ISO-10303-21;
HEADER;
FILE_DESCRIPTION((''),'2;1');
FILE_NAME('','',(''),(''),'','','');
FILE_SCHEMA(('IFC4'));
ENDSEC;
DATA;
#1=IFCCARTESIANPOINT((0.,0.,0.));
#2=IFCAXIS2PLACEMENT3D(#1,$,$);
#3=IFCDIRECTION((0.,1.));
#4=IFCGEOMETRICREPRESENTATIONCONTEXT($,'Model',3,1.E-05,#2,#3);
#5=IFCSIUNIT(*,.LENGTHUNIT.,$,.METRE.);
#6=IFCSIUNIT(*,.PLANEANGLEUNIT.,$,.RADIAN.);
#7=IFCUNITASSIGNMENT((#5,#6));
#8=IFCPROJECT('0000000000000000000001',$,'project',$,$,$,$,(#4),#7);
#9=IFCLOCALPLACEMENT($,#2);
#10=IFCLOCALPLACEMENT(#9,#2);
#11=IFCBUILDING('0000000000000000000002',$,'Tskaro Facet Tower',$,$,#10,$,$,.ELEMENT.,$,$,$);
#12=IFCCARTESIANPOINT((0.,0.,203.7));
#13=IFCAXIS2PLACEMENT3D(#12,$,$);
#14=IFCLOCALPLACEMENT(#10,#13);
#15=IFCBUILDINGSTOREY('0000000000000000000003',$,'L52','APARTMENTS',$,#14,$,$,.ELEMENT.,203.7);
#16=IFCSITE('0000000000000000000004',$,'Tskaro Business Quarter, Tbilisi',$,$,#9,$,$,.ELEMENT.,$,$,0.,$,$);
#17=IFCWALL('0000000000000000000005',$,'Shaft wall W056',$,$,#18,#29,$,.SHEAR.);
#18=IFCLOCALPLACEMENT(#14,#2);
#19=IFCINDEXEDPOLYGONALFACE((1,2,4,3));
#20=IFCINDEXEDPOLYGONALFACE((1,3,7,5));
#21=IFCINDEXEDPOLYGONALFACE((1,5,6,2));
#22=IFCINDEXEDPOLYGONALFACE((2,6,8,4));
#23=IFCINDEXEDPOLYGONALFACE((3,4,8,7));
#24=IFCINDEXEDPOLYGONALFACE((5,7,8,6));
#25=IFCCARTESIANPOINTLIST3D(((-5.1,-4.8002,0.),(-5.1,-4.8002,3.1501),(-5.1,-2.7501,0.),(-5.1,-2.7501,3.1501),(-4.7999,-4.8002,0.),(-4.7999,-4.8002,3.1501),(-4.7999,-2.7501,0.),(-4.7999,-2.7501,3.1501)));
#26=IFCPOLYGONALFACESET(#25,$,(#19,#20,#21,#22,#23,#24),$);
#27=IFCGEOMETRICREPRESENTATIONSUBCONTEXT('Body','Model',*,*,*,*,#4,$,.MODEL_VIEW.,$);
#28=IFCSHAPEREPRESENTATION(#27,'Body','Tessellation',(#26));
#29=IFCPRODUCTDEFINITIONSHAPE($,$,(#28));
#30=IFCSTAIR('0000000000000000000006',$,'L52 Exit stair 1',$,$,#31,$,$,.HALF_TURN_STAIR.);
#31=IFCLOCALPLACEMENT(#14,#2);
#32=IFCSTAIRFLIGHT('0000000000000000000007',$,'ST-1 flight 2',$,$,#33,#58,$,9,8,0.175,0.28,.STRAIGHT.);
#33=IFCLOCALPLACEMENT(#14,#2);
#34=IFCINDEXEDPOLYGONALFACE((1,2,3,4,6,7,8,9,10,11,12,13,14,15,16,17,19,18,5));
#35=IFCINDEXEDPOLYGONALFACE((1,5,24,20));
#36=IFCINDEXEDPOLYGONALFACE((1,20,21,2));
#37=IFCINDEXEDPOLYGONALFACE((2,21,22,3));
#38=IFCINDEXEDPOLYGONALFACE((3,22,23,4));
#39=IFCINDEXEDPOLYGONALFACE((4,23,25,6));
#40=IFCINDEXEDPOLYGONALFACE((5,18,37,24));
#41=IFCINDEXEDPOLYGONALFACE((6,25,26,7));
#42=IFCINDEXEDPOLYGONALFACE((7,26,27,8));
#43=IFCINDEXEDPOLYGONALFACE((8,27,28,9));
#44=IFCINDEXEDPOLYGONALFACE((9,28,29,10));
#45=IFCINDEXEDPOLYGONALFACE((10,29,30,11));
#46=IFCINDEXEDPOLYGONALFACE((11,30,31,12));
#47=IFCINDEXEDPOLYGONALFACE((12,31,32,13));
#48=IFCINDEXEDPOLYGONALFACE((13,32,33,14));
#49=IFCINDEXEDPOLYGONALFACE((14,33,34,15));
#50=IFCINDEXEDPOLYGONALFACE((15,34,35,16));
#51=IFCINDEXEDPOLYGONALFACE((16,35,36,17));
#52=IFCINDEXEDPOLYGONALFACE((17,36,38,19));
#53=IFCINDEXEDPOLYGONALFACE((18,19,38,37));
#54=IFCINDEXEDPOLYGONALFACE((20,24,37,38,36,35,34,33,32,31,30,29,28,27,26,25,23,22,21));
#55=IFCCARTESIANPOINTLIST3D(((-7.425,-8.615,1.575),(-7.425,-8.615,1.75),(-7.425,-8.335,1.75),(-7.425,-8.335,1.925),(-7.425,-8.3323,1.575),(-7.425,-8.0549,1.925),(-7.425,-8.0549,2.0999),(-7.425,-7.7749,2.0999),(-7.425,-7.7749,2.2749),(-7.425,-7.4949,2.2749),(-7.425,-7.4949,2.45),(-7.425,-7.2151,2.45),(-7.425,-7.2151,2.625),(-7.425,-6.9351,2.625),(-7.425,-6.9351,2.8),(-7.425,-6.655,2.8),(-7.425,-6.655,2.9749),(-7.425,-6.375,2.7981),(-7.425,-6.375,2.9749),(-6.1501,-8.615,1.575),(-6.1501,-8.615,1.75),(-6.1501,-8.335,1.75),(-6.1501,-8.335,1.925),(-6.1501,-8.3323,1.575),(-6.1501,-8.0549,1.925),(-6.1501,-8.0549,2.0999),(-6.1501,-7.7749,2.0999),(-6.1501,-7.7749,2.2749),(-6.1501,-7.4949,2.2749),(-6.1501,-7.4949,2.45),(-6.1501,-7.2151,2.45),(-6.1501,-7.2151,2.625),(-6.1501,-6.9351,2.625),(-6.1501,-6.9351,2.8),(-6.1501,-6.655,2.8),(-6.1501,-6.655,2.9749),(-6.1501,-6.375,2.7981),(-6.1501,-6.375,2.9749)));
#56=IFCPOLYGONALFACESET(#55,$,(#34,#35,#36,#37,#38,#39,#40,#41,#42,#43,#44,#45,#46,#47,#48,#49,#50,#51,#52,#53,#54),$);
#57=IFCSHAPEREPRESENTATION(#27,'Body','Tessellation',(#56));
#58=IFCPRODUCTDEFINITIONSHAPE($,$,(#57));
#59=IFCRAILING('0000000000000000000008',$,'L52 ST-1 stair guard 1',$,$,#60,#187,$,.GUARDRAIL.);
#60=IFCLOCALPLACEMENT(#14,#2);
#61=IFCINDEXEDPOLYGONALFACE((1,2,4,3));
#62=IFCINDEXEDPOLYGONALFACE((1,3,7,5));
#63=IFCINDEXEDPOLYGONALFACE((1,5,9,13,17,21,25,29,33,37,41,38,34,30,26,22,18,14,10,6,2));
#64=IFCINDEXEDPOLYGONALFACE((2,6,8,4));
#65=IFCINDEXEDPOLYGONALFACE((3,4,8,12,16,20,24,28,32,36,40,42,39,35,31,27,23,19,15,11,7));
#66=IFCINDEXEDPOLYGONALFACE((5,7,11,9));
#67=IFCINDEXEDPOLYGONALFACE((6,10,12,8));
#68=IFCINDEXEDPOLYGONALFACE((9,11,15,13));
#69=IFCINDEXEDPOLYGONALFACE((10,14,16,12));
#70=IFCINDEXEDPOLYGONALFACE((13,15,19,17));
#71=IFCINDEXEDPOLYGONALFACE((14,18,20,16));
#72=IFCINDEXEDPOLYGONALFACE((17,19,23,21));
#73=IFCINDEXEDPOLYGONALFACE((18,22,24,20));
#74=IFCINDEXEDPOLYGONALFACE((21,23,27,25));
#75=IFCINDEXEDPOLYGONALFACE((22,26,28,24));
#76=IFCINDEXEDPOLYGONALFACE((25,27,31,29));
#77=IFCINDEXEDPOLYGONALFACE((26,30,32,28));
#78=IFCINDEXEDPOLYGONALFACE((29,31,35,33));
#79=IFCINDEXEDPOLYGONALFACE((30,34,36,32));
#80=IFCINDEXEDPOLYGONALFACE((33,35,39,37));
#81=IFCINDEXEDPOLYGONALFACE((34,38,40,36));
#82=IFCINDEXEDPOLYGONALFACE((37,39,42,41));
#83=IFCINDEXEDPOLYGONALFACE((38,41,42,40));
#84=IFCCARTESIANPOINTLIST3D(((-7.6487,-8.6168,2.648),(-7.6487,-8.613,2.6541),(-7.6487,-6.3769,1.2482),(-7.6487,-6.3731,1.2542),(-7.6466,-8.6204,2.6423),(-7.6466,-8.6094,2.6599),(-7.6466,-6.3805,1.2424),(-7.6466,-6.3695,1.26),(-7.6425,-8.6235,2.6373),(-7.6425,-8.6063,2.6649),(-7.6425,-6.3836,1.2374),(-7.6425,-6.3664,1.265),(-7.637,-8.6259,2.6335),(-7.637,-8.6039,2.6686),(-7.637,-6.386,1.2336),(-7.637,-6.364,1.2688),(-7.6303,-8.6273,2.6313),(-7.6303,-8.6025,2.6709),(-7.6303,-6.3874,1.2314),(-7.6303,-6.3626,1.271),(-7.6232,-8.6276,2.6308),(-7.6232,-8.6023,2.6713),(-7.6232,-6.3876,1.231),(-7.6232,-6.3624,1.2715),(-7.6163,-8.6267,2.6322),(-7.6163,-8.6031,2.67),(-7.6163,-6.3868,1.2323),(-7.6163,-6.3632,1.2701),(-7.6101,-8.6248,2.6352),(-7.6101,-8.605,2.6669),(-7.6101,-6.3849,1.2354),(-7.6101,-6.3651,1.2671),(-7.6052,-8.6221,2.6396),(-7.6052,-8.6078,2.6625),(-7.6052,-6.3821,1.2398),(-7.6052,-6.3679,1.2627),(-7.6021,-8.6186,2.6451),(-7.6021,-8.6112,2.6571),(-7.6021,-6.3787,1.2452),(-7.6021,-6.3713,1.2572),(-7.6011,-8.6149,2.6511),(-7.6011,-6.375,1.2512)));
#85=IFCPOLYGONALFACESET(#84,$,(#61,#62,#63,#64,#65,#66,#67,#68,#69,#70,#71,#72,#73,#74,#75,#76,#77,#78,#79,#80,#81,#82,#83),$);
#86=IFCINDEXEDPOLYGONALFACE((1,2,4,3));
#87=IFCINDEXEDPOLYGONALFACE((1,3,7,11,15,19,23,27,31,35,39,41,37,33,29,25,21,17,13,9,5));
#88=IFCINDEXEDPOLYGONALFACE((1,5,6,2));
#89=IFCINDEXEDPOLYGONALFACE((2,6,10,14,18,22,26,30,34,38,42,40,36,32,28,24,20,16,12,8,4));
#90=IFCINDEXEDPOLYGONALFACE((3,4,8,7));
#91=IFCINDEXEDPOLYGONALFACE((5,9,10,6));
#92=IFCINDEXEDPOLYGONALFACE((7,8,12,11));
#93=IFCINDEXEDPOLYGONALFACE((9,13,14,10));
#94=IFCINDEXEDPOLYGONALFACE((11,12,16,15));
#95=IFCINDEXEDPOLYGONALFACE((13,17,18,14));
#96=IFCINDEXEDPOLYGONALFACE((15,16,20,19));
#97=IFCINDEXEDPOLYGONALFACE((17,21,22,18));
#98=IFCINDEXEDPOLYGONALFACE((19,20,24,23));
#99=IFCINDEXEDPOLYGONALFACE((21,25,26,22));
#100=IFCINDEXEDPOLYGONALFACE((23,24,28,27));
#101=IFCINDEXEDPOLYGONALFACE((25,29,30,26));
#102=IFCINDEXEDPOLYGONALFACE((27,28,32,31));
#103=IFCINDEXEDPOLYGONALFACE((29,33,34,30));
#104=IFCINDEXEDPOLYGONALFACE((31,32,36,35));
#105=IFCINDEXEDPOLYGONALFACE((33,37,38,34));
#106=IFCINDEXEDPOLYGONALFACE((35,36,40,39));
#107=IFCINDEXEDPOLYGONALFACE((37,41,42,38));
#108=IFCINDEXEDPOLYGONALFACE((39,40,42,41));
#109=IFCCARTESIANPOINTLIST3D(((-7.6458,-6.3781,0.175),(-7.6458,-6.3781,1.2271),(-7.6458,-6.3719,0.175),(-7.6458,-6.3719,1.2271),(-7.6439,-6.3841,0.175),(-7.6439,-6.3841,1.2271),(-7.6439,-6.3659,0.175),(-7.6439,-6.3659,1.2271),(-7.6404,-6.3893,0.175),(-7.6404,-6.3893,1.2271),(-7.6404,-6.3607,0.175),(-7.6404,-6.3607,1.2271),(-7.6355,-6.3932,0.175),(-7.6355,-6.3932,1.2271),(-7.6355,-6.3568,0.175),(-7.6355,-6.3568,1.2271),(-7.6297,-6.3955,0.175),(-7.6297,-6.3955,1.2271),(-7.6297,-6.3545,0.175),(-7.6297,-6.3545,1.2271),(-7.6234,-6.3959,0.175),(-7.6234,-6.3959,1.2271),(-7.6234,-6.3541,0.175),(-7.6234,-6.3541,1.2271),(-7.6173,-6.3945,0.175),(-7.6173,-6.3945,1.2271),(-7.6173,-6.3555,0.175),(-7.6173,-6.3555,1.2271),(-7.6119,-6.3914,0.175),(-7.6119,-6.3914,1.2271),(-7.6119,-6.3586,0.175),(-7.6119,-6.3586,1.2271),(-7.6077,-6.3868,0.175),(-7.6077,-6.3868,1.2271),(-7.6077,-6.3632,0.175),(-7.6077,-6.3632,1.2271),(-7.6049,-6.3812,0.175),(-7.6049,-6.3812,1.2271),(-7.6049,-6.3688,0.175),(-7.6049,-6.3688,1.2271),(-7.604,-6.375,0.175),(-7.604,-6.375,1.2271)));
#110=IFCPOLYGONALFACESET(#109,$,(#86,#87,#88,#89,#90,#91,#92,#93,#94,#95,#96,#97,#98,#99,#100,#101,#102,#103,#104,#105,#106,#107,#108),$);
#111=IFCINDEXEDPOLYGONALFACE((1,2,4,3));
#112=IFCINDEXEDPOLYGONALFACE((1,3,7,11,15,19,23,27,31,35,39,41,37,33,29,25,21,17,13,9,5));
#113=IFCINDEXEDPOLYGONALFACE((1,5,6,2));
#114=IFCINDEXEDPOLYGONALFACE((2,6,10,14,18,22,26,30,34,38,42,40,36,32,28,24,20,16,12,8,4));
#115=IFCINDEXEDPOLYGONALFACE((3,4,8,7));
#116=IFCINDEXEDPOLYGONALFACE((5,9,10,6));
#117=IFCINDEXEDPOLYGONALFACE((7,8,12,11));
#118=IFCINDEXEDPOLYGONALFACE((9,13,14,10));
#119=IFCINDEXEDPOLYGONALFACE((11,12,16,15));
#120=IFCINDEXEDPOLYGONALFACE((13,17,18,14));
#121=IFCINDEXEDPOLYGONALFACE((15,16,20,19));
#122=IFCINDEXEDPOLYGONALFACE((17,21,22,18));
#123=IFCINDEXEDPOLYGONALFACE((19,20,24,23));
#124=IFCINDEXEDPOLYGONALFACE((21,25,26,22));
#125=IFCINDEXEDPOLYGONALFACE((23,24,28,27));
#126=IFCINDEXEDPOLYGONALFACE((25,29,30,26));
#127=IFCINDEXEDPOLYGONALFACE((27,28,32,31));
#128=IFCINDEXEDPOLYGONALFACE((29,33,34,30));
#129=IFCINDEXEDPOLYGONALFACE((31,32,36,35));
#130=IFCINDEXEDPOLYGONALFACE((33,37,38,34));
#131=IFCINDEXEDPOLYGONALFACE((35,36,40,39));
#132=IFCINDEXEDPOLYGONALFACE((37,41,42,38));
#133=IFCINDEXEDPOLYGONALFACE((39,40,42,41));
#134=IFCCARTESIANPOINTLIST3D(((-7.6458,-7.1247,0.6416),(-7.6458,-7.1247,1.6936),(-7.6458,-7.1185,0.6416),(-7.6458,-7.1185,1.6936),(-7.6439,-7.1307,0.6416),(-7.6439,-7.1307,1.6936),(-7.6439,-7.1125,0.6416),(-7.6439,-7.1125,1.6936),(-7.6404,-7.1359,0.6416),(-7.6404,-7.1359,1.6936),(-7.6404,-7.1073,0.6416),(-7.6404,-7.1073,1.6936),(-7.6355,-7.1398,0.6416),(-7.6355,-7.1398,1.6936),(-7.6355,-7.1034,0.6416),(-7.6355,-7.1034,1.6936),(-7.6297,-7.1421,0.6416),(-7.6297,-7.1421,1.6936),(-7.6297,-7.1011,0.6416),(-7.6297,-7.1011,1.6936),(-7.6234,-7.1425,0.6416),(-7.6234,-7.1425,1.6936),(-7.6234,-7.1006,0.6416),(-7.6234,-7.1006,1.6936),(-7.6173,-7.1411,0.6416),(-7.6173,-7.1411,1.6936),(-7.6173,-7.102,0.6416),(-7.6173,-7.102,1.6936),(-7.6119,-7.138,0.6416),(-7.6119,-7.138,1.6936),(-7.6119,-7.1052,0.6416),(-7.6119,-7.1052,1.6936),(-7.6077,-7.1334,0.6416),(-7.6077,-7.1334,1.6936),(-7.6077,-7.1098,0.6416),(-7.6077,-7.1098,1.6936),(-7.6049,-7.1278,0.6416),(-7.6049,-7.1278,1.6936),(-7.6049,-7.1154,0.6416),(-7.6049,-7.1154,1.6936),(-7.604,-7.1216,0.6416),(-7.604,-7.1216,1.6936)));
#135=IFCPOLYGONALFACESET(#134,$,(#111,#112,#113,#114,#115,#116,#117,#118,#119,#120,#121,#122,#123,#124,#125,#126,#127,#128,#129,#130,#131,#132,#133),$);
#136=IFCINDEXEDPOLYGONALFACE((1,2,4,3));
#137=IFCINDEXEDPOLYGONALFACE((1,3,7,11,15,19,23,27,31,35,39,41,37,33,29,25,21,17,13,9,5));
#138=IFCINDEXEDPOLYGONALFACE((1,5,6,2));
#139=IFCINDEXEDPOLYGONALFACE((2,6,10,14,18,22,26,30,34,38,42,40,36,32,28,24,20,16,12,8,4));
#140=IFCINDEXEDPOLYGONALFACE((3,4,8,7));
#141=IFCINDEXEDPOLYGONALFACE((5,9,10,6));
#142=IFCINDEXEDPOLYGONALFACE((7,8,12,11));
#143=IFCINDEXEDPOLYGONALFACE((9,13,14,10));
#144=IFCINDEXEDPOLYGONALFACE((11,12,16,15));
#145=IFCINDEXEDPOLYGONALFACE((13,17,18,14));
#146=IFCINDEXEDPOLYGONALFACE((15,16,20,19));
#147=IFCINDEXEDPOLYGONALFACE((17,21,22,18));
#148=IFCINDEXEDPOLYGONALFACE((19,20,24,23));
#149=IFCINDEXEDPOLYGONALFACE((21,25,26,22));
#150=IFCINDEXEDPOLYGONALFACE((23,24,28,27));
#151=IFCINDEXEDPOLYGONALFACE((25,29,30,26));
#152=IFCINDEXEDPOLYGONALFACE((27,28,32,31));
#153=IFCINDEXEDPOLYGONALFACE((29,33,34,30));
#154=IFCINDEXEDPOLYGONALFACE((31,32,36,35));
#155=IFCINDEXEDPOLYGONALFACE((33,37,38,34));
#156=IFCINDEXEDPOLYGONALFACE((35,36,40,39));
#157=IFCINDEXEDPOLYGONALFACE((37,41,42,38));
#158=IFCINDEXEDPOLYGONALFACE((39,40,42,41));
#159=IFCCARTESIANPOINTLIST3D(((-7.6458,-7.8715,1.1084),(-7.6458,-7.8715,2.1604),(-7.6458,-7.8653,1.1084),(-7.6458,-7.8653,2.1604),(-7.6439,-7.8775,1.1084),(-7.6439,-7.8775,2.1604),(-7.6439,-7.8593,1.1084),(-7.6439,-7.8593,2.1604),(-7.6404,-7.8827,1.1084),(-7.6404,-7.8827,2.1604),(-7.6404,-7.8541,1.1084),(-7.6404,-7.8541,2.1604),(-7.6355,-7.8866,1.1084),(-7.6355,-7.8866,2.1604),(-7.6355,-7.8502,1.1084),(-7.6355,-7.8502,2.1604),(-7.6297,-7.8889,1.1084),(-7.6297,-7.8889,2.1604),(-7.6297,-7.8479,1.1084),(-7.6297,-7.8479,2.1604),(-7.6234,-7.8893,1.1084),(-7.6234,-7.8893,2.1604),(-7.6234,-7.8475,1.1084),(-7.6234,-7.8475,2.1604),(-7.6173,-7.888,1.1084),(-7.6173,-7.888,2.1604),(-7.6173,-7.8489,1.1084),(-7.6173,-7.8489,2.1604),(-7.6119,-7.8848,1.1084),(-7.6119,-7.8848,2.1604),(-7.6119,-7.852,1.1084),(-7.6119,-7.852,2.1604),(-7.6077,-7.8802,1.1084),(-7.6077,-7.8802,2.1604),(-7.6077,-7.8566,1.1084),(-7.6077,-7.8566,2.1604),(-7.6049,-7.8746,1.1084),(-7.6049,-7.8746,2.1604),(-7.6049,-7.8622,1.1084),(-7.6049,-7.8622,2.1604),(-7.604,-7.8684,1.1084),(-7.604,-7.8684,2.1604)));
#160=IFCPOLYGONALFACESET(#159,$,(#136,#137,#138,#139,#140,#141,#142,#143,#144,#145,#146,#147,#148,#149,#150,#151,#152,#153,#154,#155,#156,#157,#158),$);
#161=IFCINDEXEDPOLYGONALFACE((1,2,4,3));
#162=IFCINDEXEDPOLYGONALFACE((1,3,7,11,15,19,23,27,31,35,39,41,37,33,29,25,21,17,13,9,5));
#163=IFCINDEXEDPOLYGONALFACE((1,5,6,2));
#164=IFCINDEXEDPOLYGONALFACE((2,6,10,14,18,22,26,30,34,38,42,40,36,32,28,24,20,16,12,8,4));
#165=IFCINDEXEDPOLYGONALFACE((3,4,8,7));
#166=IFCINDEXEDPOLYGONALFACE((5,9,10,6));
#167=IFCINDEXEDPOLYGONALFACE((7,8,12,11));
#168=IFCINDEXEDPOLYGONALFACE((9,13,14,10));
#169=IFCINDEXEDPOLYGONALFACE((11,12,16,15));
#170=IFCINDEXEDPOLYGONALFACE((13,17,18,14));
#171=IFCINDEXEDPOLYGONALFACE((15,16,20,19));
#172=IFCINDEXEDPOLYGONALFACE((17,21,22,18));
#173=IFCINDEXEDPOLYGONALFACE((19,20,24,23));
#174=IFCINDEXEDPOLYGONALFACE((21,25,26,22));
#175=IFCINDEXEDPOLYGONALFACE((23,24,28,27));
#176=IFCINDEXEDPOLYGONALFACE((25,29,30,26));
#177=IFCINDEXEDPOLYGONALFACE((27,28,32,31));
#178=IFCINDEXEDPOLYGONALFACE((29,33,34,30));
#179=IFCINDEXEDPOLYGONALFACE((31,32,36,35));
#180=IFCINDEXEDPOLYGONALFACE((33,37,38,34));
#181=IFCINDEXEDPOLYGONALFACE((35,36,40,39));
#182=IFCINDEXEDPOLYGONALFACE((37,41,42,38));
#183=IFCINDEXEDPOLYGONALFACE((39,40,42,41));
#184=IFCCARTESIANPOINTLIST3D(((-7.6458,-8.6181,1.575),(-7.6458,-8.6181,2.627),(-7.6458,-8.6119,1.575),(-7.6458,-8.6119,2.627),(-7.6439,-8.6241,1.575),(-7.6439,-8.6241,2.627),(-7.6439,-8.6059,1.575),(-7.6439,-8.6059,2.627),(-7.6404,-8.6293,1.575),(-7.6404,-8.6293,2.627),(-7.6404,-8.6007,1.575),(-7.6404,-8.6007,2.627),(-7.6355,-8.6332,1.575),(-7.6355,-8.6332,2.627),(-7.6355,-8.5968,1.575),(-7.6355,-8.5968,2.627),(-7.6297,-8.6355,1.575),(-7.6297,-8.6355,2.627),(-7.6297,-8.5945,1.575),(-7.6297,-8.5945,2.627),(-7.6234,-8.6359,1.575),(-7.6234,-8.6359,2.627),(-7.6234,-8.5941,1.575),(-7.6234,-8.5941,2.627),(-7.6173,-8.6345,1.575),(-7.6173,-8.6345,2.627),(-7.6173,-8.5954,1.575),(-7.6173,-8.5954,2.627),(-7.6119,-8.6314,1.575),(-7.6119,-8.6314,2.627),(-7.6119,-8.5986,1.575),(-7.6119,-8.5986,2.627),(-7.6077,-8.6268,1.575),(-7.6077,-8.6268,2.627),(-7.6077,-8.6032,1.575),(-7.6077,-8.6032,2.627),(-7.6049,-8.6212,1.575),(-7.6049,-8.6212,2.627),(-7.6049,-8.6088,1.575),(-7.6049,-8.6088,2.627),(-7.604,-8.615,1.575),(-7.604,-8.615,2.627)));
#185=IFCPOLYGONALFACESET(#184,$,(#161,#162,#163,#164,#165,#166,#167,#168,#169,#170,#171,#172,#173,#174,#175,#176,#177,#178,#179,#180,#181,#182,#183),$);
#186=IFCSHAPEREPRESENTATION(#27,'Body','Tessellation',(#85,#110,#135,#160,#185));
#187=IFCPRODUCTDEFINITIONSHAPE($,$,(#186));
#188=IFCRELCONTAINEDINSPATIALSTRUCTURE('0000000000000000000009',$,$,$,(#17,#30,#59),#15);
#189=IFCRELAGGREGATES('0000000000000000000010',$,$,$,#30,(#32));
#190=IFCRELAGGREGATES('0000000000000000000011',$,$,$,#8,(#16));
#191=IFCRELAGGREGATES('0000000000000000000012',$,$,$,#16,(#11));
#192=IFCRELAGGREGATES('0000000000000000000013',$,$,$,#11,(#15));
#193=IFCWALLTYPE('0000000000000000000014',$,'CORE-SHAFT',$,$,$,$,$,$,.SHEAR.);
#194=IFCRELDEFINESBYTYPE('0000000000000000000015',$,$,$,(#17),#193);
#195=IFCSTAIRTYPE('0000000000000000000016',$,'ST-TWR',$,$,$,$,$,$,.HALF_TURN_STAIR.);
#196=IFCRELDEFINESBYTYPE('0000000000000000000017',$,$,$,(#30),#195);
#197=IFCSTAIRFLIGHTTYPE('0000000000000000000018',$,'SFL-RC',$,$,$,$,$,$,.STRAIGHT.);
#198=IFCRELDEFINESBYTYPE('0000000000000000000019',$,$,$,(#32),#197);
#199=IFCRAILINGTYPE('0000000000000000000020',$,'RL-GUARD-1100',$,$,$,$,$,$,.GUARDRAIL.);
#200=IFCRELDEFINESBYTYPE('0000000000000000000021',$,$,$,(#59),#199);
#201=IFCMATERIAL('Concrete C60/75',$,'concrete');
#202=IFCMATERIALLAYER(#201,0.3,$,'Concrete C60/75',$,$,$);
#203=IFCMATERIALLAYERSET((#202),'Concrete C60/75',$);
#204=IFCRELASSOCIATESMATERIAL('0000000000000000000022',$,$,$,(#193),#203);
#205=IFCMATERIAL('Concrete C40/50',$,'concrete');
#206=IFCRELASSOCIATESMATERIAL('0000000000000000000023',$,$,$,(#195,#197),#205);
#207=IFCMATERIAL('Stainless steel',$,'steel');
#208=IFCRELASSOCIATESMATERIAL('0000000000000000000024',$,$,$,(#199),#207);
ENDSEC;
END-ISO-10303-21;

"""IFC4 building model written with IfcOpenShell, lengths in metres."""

from ifc_helpers import new_model, si_unit, direction, frame, frame_2d, origin, origin_2d, place, context, subcontext, project, spatial, polyline, rectangle, circle, outline, extrude, material, layer, layer_set, type_object, element, aggregate, save


model = new_model("IFC4")

# Units and contexts
model_context = context("Model", 3, precision=1e-05, world=origin(), true_north=direction((0.0, 1.0)))
body_context = subcontext(model_context, "Body", "Model", "MODEL_VIEW")
ifc_project = project(units=[si_unit("LENGTHUNIT", "METRE"), si_unit("PLANEANGLEUNIT", "RADIAN")], contexts=[model_context])

# Site, building, storey
site_placement = place(None, origin())
site = spatial("IfcSite", under=ifc_project, at=site_placement, Name="Tskaro Business Quarter, Tbilisi", CompositionType="ELEMENT", RefElevation=0.0)
building_placement = place(site_placement, origin())
building = spatial("IfcBuilding", under=site, at=building_placement, Name="Tskaro Facet Tower", CompositionType="ELEMENT")
storey_placement = place(building_placement, frame((0.0, 0.0, 203.7)))
storey = spatial("IfcBuildingStorey", under=building, at=storey_placement, Name="L52", Description="APARTMENTS", CompositionType="ELEMENT", Elevation=203.7)

# Shared definitions
ifc_material_1 = material(Name="Concrete C60/75", Category="concrete")
ifc_layer = layer(ifc_material_1, 0.3, Name="Concrete C60/75")
ifc_layer_set = layer_set([ifc_layer], Name="Concrete C60/75")
wall_type = type_object("IfcWallType", Name="CORE-SHAFT", PredefinedType="SHEAR", material=ifc_layer_set)
ifc_material_2 = material(Name="Stainless steel", Category="steel")

# Wall
wall_1_placement = place(storey_placement, frame((-4.95, -4.8, 0.0), z_axis=(0.0, 0.0, 1.0), x_axis=(0.0, 1.0, 0.0)))
element("IfcWall", 1, at=wall_1_placement, inside=storey, type_object=wall_type, Name="Shaft wall W056", PredefinedType="SHEAR", context=body_context, shape_type="SweptSolid", body=[
    extrude(rectangle(XDim=2.05, YDim=0.3, at=frame_2d((1.0249, 0.0))), origin(), (0.0, 0.0, 1.0), 3.1501),
])

# Stair, stair flight
ifc_material_3 = material(Name="Concrete C40/50", Category="concrete")
stair_type = type_object("IfcStairType", Name="ST-TWR", PredefinedType="HALF_TURN_STAIR", material=ifc_material_3)
stair_placement = place(storey_placement, origin())
stair = element("IfcStair", 2, at=stair_placement, inside=storey, type_object=stair_type, Name="L52 Exit stair 1", PredefinedType="HALF_TURN_STAIR")
stair_flight_type = type_object("IfcStairFlightType", Name="SFL-RC", PredefinedType="STRAIGHT", material=ifc_material_3)
stair_flight_placement = place(storey_placement, frame((-6.7876, -8.615, 1.575), z_axis=(0.0, 0.0, 1.0), x_axis=(0.0, 1.0, 0.0)))
stair_flight = element("IfcStairFlight", 3, at=stair_flight_placement, type_object=stair_flight_type, Name="ST-1 flight 2", NumberOfRisers=9, NumberOfTreads=8, PredefinedType="STRAIGHT", RiserHeight=0.175, TreadLength=0.28, context=body_context, shape_type="SweptSolid", body=[
    extrude(outline(polyline([(0.0, 0.0), (0.0, 0.175), (0.28, 0.175), (0.28, 0.3501), (0.5601, 0.3501), (0.5601, 0.5249), (0.8401, 0.5249), (0.8401, 0.7), (1.1201, 0.7), (1.1201, 0.875), (1.3999, 0.875), (1.3999, 1.05), (1.6799, 1.05), (1.6799, 1.2251), (1.96, 1.2251), (1.96, 1.3999), (2.24, 1.3999), (2.24, 1.575), (2.24, 1.2231), (0.2827, 0.0), (0.0, 0.0)])), frame((0.0, 0.6375, 0.0), z_axis=(0.0, -1.0, 0.0), x_axis=(1.0, 0.0, 0.0)), (0.0, 0.0, 1.0), 1.2749),
])
aggregate(stair, [stair_flight])

# Railing
railing_type_1 = type_object("IfcRailingType", Name="RL-GUARD-1100", PredefinedType="GUARDRAIL", material=ifc_material_2)
railing_1_placement = place(storey_placement, frame((-7.625, -6.375, 0.175)))
element("IfcRailing", 4, at=railing_1_placement, inside=storey, type_object=railing_type_1, Name="L52 ST-1 stair guard 1", PredefinedType="GUARDRAIL", context=body_context, shape_type="SweptSolid", body=[
    extrude(circle(Radius=0.0239, at=origin_2d()), frame((0.0, 0.0, 1.0762), z_axis=(0.0, -0.848014, 0.529974), x_axis=(1.0, 0.0, 0.0)), (0.0, 0.0, 1.0), 2.6414),
    extrude(circle(Radius=0.021, at=origin_2d()), origin(), (0.0, 0.0, 1.0), 1.052),
    extrude(circle(Radius=0.021, at=origin_2d()), frame((0.0, -0.7466, 0.4666)), (0.0, 0.0, 1.0), 1.052),
    extrude(circle(Radius=0.021, at=origin_2d()), frame((0.0, -1.4934, 0.9333)), (0.0, 0.0, 1.0), 1.052),
    extrude(circle(Radius=0.021, at=origin_2d()), frame((0.0, -2.24, 1.3999)), (0.0, 0.0, 1.0), 1.052),
])

save(model, "model.ifc")
